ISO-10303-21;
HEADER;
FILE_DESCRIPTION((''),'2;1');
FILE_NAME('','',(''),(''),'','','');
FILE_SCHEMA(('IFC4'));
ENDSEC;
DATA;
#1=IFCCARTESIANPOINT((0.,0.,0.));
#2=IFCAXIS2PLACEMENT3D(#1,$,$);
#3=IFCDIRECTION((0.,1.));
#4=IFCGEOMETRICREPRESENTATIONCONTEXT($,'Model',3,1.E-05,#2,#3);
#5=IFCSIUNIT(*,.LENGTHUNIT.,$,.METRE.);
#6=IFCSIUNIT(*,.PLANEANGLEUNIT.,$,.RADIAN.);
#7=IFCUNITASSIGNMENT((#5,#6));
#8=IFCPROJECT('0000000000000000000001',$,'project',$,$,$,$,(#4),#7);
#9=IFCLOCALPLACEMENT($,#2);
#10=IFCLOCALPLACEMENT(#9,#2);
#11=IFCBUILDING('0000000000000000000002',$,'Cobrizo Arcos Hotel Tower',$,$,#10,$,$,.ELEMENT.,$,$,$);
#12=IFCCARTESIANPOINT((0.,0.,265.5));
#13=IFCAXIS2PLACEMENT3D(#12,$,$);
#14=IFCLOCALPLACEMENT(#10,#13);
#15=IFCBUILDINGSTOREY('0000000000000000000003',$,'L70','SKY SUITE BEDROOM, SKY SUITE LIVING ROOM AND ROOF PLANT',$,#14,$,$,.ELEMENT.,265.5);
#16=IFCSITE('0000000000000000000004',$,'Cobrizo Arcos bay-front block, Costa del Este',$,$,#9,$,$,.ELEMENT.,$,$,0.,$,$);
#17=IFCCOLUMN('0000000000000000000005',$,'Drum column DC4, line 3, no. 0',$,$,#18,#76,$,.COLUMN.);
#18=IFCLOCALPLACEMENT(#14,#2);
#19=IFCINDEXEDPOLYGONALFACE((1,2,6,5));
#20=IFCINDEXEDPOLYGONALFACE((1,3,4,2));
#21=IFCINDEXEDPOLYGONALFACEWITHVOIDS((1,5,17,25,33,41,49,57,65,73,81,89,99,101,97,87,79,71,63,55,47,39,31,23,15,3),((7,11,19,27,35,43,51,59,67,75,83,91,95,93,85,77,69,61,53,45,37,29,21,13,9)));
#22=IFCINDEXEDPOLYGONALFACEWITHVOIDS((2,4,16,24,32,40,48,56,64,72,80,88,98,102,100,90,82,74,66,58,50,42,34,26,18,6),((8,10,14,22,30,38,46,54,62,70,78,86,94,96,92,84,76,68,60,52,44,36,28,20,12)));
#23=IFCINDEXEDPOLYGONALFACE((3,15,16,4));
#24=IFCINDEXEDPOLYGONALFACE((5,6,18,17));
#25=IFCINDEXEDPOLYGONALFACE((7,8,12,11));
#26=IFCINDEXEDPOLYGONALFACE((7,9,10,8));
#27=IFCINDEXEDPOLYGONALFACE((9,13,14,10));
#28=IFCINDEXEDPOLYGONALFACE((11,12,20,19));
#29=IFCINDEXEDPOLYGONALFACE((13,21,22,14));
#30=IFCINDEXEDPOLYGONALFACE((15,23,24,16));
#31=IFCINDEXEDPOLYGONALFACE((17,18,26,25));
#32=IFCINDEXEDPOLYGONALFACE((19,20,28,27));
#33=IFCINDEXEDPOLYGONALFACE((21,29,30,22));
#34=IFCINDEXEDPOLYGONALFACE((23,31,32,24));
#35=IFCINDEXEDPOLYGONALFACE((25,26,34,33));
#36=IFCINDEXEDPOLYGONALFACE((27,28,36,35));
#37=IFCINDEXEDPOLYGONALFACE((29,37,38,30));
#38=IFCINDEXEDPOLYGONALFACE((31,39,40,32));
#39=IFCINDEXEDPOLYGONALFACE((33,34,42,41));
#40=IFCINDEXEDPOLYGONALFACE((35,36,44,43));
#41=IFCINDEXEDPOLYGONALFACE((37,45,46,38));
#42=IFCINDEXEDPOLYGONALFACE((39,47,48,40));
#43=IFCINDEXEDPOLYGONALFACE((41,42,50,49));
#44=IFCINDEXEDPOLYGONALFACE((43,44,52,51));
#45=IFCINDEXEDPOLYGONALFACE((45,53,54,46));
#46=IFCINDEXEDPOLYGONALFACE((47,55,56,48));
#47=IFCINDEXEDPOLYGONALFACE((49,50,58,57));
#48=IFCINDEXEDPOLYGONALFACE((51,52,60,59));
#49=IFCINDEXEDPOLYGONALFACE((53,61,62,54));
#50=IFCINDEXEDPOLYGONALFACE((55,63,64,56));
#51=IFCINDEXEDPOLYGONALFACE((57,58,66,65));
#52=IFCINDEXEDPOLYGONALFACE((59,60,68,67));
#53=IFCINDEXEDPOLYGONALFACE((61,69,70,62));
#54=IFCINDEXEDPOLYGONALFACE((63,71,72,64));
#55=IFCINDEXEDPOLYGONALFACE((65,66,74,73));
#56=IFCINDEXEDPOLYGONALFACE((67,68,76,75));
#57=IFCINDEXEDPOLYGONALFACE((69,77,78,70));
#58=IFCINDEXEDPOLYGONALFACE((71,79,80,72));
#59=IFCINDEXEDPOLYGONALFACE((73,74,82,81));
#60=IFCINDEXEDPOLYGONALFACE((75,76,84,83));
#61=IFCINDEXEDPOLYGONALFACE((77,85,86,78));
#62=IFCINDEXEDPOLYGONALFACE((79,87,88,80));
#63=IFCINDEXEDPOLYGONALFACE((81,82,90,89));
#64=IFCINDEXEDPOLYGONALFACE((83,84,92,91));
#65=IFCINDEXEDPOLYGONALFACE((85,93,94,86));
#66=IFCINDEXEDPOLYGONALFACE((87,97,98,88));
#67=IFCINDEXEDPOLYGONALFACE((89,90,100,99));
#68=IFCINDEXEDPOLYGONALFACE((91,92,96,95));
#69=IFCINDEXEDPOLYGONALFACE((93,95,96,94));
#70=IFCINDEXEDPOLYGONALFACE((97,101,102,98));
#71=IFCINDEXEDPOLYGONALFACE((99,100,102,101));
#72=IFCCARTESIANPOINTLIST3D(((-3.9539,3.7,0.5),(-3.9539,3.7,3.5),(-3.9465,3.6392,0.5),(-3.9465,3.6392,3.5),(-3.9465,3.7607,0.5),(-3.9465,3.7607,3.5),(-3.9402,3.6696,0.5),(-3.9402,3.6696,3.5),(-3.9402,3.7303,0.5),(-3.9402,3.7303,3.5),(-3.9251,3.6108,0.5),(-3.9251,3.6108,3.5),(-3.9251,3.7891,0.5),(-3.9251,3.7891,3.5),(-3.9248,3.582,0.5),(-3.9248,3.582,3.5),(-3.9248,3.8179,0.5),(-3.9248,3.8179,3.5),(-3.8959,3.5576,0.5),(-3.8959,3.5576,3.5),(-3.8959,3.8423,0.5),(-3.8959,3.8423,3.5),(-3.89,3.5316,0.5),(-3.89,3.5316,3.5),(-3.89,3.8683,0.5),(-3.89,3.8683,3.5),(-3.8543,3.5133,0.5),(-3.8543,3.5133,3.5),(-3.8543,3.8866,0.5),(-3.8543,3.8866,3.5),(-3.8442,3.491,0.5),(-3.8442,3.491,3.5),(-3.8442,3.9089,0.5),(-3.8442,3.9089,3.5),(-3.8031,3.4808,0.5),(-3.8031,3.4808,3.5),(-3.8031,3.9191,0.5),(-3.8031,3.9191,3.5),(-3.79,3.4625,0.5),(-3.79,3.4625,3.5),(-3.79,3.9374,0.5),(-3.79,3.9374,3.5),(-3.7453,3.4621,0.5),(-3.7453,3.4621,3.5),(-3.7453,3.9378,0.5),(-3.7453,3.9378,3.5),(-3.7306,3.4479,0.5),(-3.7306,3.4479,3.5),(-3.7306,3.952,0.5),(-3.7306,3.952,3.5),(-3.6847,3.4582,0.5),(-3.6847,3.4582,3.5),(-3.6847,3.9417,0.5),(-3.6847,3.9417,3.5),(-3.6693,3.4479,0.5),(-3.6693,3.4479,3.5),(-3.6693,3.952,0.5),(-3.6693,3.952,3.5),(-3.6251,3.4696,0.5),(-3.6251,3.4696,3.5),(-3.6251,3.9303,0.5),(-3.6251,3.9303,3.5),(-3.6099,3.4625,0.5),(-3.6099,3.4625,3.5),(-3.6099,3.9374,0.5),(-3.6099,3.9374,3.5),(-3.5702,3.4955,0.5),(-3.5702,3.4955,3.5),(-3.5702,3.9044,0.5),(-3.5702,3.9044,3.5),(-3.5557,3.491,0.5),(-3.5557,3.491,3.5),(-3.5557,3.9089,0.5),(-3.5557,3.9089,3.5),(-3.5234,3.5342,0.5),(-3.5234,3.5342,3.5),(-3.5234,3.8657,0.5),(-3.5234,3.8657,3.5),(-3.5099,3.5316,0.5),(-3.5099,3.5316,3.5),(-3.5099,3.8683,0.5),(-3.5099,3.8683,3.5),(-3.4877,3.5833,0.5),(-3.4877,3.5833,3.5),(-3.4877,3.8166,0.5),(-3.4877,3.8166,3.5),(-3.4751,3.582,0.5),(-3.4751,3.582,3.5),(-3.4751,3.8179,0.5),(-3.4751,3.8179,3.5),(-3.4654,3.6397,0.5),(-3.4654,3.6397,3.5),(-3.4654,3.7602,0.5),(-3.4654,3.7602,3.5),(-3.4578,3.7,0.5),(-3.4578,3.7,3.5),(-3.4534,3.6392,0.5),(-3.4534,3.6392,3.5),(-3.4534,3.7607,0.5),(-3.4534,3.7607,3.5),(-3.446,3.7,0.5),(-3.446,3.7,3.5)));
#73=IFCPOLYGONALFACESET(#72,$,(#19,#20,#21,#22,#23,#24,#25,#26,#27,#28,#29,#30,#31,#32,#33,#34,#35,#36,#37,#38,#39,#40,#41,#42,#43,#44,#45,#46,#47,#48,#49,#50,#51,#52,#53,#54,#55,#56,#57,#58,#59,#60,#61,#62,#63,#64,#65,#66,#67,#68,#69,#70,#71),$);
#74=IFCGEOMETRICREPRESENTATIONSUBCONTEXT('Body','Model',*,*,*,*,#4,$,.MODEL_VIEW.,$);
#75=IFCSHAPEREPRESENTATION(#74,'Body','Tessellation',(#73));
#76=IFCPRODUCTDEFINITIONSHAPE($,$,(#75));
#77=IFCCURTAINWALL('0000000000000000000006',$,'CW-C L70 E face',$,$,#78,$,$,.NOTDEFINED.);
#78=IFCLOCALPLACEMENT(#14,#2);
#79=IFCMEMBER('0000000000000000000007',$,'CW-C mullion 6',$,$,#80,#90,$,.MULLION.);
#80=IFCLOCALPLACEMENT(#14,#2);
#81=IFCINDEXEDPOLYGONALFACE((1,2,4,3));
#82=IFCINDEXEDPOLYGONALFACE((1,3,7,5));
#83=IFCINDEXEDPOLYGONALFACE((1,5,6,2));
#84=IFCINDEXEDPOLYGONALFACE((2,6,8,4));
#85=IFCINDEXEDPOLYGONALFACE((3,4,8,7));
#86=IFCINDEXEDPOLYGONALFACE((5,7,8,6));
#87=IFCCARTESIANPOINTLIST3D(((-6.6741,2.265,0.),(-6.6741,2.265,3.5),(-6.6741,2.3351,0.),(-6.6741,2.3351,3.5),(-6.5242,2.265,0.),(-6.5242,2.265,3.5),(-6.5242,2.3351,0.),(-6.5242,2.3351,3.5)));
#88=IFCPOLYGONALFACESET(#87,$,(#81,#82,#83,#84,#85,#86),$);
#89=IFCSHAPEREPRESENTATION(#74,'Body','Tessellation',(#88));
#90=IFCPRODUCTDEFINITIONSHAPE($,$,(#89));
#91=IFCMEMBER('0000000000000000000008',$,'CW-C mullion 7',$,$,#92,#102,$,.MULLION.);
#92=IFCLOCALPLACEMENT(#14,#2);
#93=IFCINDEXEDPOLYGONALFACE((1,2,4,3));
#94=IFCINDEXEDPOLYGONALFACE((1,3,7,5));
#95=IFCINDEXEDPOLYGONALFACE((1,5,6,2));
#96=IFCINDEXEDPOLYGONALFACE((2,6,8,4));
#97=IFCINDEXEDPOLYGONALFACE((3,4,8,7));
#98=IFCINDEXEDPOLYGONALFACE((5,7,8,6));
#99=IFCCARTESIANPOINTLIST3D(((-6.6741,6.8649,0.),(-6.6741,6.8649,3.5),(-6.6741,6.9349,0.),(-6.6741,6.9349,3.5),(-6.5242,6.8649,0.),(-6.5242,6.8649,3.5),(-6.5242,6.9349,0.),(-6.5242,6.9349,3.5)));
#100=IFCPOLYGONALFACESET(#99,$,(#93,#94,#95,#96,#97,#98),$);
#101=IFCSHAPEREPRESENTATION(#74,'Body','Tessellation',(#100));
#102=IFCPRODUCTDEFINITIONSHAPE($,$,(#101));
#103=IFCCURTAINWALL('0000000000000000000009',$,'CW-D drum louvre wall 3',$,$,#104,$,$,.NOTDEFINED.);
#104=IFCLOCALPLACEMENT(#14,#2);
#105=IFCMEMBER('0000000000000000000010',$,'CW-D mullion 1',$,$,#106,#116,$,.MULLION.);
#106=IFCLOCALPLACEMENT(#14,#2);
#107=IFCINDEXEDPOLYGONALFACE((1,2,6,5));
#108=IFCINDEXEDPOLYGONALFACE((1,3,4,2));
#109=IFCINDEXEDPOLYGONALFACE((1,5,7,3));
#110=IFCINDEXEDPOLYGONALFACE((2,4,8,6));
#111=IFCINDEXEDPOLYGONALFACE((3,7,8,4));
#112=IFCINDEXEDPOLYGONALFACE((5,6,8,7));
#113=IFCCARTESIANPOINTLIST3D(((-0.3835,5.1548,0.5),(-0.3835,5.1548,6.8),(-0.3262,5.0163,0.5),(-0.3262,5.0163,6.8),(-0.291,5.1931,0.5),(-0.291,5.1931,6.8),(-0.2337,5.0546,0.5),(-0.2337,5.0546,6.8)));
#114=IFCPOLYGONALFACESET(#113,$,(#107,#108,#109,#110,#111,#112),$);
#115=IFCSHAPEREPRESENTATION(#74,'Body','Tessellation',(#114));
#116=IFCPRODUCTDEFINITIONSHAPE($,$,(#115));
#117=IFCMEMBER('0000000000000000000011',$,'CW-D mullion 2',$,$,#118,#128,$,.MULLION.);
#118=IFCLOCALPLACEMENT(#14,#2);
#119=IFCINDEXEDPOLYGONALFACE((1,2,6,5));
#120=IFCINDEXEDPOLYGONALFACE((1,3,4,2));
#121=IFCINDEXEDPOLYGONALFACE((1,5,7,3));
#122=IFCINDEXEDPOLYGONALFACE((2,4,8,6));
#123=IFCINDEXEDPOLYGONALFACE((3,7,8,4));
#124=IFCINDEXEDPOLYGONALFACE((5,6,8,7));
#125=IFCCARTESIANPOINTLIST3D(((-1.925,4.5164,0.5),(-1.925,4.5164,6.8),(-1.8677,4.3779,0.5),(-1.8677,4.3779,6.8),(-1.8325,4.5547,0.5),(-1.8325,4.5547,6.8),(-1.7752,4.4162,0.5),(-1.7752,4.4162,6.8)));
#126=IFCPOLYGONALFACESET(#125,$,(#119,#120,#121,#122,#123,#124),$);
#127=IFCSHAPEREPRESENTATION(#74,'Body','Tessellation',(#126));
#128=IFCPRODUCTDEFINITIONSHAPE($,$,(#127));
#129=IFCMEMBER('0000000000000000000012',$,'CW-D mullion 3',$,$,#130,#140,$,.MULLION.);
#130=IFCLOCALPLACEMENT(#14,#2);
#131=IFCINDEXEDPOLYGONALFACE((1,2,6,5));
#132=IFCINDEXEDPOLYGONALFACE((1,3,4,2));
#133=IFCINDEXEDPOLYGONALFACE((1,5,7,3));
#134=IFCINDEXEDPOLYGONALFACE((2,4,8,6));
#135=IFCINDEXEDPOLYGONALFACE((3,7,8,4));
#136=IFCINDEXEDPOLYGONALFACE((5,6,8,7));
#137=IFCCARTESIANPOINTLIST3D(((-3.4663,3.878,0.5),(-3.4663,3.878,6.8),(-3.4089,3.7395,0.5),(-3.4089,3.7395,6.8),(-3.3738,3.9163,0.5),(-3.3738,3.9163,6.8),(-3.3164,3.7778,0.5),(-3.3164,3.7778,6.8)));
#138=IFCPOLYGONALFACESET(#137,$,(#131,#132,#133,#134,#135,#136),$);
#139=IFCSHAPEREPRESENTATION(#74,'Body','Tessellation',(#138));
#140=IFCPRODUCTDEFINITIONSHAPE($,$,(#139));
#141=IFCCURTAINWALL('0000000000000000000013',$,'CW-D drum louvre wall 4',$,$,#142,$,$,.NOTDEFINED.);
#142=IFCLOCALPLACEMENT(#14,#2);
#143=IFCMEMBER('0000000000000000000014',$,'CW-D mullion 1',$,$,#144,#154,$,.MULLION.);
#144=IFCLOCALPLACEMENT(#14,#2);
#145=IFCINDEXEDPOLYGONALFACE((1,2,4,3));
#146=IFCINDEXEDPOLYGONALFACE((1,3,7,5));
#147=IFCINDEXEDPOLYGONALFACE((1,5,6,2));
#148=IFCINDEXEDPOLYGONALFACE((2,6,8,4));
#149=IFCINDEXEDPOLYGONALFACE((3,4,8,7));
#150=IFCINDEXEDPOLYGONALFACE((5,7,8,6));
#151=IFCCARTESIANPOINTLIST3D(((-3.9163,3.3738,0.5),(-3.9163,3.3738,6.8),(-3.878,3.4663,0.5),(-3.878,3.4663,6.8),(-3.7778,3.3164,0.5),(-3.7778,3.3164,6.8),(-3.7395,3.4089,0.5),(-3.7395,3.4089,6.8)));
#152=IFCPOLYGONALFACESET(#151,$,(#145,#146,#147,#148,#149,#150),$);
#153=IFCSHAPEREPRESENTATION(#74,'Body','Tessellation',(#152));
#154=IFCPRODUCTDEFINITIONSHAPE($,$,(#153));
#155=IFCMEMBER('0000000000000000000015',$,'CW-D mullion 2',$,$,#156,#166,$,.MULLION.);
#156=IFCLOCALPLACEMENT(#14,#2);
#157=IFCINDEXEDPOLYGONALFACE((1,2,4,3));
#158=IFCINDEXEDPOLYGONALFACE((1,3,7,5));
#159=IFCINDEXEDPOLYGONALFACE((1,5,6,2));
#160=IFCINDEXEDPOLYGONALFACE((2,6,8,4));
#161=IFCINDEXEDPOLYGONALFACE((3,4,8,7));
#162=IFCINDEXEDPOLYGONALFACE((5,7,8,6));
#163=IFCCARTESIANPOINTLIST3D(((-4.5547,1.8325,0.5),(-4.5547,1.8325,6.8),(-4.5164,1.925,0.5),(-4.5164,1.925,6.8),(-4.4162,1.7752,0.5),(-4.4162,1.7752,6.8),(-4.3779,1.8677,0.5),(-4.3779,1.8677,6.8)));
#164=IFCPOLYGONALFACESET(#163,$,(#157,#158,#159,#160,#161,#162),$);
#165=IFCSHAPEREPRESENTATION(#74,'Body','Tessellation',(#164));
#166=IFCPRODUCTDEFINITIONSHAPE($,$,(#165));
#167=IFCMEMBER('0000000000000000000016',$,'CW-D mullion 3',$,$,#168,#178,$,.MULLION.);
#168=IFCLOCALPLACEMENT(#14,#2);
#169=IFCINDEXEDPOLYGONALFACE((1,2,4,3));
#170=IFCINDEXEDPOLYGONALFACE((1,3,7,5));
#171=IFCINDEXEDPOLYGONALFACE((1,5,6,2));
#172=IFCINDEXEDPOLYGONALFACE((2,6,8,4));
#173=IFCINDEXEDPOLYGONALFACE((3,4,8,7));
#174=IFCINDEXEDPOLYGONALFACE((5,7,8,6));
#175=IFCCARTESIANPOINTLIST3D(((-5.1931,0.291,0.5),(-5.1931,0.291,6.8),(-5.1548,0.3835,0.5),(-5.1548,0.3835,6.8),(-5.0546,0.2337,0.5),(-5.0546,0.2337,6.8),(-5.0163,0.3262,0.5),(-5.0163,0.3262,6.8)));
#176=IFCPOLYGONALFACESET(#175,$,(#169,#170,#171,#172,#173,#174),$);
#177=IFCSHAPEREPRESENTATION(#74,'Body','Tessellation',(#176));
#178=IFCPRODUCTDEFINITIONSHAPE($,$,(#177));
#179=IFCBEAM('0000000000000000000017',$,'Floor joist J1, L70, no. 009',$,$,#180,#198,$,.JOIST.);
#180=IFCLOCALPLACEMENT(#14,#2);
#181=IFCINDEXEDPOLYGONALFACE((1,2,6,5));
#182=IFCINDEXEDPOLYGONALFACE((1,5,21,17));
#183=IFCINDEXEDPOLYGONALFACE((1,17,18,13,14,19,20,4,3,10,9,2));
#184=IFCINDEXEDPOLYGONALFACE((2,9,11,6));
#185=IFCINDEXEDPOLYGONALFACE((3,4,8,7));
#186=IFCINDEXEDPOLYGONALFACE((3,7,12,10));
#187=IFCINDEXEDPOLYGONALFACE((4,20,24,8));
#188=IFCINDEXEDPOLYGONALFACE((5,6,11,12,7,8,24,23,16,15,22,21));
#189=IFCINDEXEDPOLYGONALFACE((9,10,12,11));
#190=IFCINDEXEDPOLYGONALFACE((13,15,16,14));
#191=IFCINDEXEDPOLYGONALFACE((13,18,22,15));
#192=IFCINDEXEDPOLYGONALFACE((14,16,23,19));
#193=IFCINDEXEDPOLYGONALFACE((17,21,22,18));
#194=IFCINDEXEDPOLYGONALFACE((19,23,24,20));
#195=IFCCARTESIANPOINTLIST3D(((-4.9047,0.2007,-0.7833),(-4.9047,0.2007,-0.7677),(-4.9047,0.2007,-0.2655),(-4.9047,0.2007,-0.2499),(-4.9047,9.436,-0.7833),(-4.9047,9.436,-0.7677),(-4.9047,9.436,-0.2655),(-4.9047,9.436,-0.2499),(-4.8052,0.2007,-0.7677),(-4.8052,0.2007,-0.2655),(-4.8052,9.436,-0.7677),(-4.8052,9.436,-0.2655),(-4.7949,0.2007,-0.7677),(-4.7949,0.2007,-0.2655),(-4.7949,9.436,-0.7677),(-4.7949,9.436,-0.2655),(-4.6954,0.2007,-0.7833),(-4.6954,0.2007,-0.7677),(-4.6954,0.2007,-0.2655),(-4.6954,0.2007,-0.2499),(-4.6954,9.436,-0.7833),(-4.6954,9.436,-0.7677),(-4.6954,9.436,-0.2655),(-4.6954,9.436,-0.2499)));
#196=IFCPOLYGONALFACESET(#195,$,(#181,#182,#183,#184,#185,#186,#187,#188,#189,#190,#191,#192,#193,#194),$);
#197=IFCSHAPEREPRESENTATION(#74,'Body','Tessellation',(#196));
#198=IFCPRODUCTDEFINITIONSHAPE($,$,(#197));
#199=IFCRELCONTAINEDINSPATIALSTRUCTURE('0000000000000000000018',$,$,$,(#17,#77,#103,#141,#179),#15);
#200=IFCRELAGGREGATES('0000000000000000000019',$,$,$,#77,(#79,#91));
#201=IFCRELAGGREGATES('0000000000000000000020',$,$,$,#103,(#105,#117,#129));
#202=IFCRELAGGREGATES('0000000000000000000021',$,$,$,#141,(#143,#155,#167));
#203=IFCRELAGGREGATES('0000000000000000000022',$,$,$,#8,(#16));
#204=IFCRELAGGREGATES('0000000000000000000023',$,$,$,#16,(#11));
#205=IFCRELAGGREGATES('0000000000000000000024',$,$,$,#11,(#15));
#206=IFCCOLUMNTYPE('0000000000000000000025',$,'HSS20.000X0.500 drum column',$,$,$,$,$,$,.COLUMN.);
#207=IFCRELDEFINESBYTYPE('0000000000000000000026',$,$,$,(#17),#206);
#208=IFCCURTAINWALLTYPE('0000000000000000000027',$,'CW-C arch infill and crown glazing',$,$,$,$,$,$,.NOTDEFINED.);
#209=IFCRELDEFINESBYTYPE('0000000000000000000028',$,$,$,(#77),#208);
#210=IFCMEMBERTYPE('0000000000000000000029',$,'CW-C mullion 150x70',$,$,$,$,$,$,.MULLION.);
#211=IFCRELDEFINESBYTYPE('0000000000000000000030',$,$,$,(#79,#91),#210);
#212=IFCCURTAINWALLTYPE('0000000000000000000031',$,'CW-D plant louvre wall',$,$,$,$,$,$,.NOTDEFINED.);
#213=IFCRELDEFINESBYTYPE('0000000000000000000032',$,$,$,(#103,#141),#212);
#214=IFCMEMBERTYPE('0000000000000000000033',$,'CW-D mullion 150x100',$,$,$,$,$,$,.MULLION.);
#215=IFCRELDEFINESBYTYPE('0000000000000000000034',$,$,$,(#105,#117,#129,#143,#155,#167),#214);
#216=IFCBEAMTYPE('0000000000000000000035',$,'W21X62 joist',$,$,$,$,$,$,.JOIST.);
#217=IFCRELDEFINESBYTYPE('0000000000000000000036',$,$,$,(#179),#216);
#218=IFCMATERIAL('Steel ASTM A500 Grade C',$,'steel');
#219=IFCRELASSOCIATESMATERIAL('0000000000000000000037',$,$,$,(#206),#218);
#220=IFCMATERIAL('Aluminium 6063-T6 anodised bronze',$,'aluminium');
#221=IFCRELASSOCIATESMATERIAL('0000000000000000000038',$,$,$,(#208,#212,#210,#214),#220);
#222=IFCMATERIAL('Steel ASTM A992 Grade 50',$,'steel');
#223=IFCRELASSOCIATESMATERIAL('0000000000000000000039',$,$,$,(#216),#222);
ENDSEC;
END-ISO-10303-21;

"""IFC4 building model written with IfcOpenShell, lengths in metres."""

from ifc_helpers import new_model, si_unit, direction, frame, origin, origin_2d, place, context, subcontext, project, spatial, rectangle, hollow_circle, i_section, extrude, material, material_profile, profile_set, type_object, element, aggregate, save


model = new_model("IFC4")

# Units and contexts
model_context = context("Model", 3, precision=1e-05, world=origin(), true_north=direction((0.0, 1.0)))
body_context = subcontext(model_context, "Body", "Model", "MODEL_VIEW")
ifc_project = project(units=[si_unit("LENGTHUNIT", "METRE"), si_unit("PLANEANGLEUNIT", "RADIAN")], contexts=[model_context])

# Site, building, storey
site_placement = place(None, origin())
site = spatial("IfcSite", under=ifc_project, at=site_placement, Name="Cobrizo Arcos bay-front block, Costa del Este", CompositionType="ELEMENT", RefElevation=0.0)
building_placement = place(site_placement, origin())
building = spatial("IfcBuilding", under=site, at=building_placement, Name="Cobrizo Arcos Hotel Tower", CompositionType="ELEMENT")
storey_placement = place(building_placement, frame((0.0, 0.0, 265.5)))
storey = spatial("IfcBuildingStorey", under=building, at=storey_placement, Name="L70", Description="SKY SUITE BEDROOM, SKY SUITE LIVING ROOM AND ROOF PLANT", CompositionType="ELEMENT", Elevation=265.5)

# Column
ifc_material_1 = material(Name="Steel ASTM A500 Grade C", Category="steel")
ifc_material_profile_1 = material_profile(ifc_material_1, hollow_circle(Radius=0.2539, WallThickness=0.0117, at=origin_2d()), Name="HSS20.000X0.500")
ifc_profile_set_1 = profile_set([ifc_material_profile_1], Name="Steel ASTM A500 Grade C")
column_type = type_object("IfcColumnType", Name="HSS20.000X0.500 drum column", PredefinedType="COLUMN", material=ifc_profile_set_1)
column_placement = place(storey_placement, frame((-3.7, 3.7, 0.5), z_axis=(0.0, 0.0, 1.0), x_axis=(1.0, 0.0, 0.0)))
element("IfcColumn", 1, at=column_placement, inside=storey, type_object=column_type, Name="Drum column DC4, line 3, no. 0", PredefinedType="COLUMN", context=body_context, shape_type="SweptSolid", body=[
    extrude(hollow_circle(Radius=0.2539, WallThickness=0.0117, at=origin_2d()), origin(), (0.0, 0.0, 1.0), 3.0),
])

# Curtain walls, members
ifc_material_2 = material(Name="Aluminium 6063-T6 anodised bronze", Category="aluminium")
curtain_wall_type_1 = type_object("IfcCurtainWallType", Name="CW-C arch infill and crown glazing", PredefinedType="NOTDEFINED", material=ifc_material_2)
curtain_wall_1_placement = place(storey_placement, origin())
curtain_wall_1 = element("IfcCurtainWall", 2, at=curtain_wall_1_placement, inside=storey, type_object=curtain_wall_type_1, Name="CW-C L70 E face", PredefinedType="NOTDEFINED")
ifc_material_profile_2 = material_profile(ifc_material_2, rectangle(XDim=0.1499, YDim=0.0701, at=origin_2d()), Name="CW-C mullion 150x70")
ifc_profile_set_2 = profile_set([ifc_material_profile_2], Name="Aluminium 6063-T6 anodised bronze")
member_type_1 = type_object("IfcMemberType", Name="CW-C mullion 150x70", PredefinedType="MULLION", material=ifc_profile_set_2)
member_1_placement = place(storey_placement, frame((-6.5991, 2.3, 0.0), z_axis=(0.0, 0.0, 1.0), x_axis=(1.0, 0.0, 0.0)))
member_1 = element("IfcMember", 3, at=member_1_placement, type_object=member_type_1, Name="CW-C mullion 6", PredefinedType="MULLION", context=body_context, shape_type="SweptSolid", body=[
    extrude(rectangle(XDim=0.1499, YDim=0.0701, at=origin_2d()), origin(), (0.0, 0.0, 1.0), 3.5),
])
member_2_placement = place(storey_placement, frame((-6.5991, 6.8999, 0.0), z_axis=(0.0, 0.0, 1.0), x_axis=(1.0, 0.0, 0.0)))
member_2 = element("IfcMember", 4, at=member_2_placement, type_object=member_type_1, Name="CW-C mullion 7", PredefinedType="MULLION", context=body_context, shape_type="SweptSolid", body=[
    extrude(rectangle(XDim=0.1499, YDim=0.0701, at=origin_2d()), origin(), (0.0, 0.0, 1.0), 3.5),
])
curtain_wall_type_2 = type_object("IfcCurtainWallType", Name="CW-D plant louvre wall", PredefinedType="NOTDEFINED", material=ifc_material_2)
curtain_wall_2_placement = place(storey_placement, origin())
curtain_wall_2 = element("IfcCurtainWall", 5, at=curtain_wall_2_placement, inside=storey, type_object=curtain_wall_type_2, Name="CW-D drum louvre wall 3", PredefinedType="NOTDEFINED")
ifc_material_profile_3 = material_profile(ifc_material_2, rectangle(XDim=0.1499, YDim=0.1001, at=origin_2d()), Name="CW-D mullion 150x100")
ifc_profile_set_3 = profile_set([ifc_material_profile_3], Name="Aluminium 6063-T6 anodised bronze")
member_type_2 = type_object("IfcMemberType", Name="CW-D mullion 150x100", PredefinedType="MULLION", material=ifc_profile_set_3)
member_3_placement = place(storey_placement, frame((-0.3086, 5.1047, 0.5), z_axis=(0.0, 0.0, 1.0), x_axis=(-0.382683, 0.92388, 0.0)))
member_3 = element("IfcMember", 6, at=member_3_placement, type_object=member_type_2, Name="CW-D mullion 1", PredefinedType="MULLION", context=body_context, shape_type="SweptSolid", body=[
    extrude(rectangle(XDim=0.1499, YDim=0.1001, at=origin_2d()), origin(), (0.0, 0.0, 1.0), 6.3),
])
member_4_placement = place(storey_placement, frame((-1.8501, 4.4663, 0.5), z_axis=(0.0, 0.0, 1.0), x_axis=(-0.382683, 0.92388, 0.0)))
member_4 = element("IfcMember", 7, at=member_4_placement, type_object=member_type_2, Name="CW-D mullion 2", PredefinedType="MULLION", context=body_context, shape_type="SweptSolid", body=[
    extrude(rectangle(XDim=0.1499, YDim=0.1001, at=origin_2d()), origin(), (0.0, 0.0, 1.0), 6.3),
])
member_5_placement = place(storey_placement, frame((-3.3914, 3.8279, 0.5), z_axis=(0.0, 0.0, 1.0), x_axis=(-0.382683, 0.92388, 0.0)))
member_5 = element("IfcMember", 8, at=member_5_placement, type_object=member_type_2, Name="CW-D mullion 3", PredefinedType="MULLION", context=body_context, shape_type="SweptSolid", body=[
    extrude(rectangle(XDim=0.1499, YDim=0.1001, at=origin_2d()), origin(), (0.0, 0.0, 1.0), 6.3),
])
curtain_wall_3_placement = place(storey_placement, origin())
curtain_wall_3 = element("IfcCurtainWall", 9, at=curtain_wall_3_placement, inside=storey, type_object=curtain_wall_type_2, Name="CW-D drum louvre wall 4", PredefinedType="NOTDEFINED")
member_6_placement = place(storey_placement, frame((-3.8279, 3.3914, 0.5), z_axis=(0.0, 0.0, 1.0), x_axis=(-0.92388, 0.382683, 0.0)))
member_6 = element("IfcMember", 10, at=member_6_placement, type_object=member_type_2, Name="CW-D mullion 1", PredefinedType="MULLION", context=body_context, shape_type="SweptSolid", body=[
    extrude(rectangle(XDim=0.1499, YDim=0.1001, at=origin_2d()), origin(), (0.0, 0.0, 1.0), 6.3),
])
member_7_placement = place(storey_placement, frame((-4.4663, 1.8501, 0.5), z_axis=(0.0, 0.0, 1.0), x_axis=(-0.92388, 0.382683, 0.0)))
member_7 = element("IfcMember", 11, at=member_7_placement, type_object=member_type_2, Name="CW-D mullion 2", PredefinedType="MULLION", context=body_context, shape_type="SweptSolid", body=[
    extrude(rectangle(XDim=0.1499, YDim=0.1001, at=origin_2d()), origin(), (0.0, 0.0, 1.0), 6.3),
])
member_8_placement = place(storey_placement, frame((-5.1047, 0.3086, 0.5), z_axis=(0.0, 0.0, 1.0), x_axis=(-0.92388, 0.382683, 0.0)))
member_8 = element("IfcMember", 12, at=member_8_placement, type_object=member_type_2, Name="CW-D mullion 3", PredefinedType="MULLION", context=body_context, shape_type="SweptSolid", body=[
    extrude(rectangle(XDim=0.1499, YDim=0.1001, at=origin_2d()), origin(), (0.0, 0.0, 1.0), 6.3),
])

# Beam
ifc_material_3 = material(Name="Steel ASTM A992 Grade 50", Category="steel")
ifc_material_profile_4 = material_profile(ifc_material_3, i_section(OverallWidth=0.2092, OverallDepth=0.5334, WebThickness=0.0103, FlangeThickness=0.0156, at=origin_2d()), Name="W21X62")
ifc_profile_set_4 = profile_set([ifc_material_profile_4], Name="Steel ASTM A992 Grade 50")
beam_type_1 = type_object("IfcBeamType", Name="W21X62 joist", PredefinedType="JOIST", material=ifc_profile_set_4)
beam_1_placement = place(storey_placement, frame((-4.8, 0.2007, -0.5166), z_axis=(0.0, 1.0, 0.0), x_axis=(-1.0, 0.0, 0.0)))
element("IfcBeam", 13, at=beam_1_placement, inside=storey, type_object=beam_type_1, Name="Floor joist J1, L70, no. 009", PredefinedType="JOIST", context=body_context, shape_type="SweptSolid", body=[
    extrude(i_section(OverallWidth=0.2092, OverallDepth=0.5334, WebThickness=0.0103, FlangeThickness=0.0156, at=origin_2d()), origin(), (0.0, 0.0, 1.0), 9.2354),
])

aggregate(curtain_wall_1, [member_1, member_2])
aggregate(curtain_wall_2, [member_3, member_4, member_5])
aggregate(curtain_wall_3, [member_6, member_7, member_8])

save(model, "model.ifc")
